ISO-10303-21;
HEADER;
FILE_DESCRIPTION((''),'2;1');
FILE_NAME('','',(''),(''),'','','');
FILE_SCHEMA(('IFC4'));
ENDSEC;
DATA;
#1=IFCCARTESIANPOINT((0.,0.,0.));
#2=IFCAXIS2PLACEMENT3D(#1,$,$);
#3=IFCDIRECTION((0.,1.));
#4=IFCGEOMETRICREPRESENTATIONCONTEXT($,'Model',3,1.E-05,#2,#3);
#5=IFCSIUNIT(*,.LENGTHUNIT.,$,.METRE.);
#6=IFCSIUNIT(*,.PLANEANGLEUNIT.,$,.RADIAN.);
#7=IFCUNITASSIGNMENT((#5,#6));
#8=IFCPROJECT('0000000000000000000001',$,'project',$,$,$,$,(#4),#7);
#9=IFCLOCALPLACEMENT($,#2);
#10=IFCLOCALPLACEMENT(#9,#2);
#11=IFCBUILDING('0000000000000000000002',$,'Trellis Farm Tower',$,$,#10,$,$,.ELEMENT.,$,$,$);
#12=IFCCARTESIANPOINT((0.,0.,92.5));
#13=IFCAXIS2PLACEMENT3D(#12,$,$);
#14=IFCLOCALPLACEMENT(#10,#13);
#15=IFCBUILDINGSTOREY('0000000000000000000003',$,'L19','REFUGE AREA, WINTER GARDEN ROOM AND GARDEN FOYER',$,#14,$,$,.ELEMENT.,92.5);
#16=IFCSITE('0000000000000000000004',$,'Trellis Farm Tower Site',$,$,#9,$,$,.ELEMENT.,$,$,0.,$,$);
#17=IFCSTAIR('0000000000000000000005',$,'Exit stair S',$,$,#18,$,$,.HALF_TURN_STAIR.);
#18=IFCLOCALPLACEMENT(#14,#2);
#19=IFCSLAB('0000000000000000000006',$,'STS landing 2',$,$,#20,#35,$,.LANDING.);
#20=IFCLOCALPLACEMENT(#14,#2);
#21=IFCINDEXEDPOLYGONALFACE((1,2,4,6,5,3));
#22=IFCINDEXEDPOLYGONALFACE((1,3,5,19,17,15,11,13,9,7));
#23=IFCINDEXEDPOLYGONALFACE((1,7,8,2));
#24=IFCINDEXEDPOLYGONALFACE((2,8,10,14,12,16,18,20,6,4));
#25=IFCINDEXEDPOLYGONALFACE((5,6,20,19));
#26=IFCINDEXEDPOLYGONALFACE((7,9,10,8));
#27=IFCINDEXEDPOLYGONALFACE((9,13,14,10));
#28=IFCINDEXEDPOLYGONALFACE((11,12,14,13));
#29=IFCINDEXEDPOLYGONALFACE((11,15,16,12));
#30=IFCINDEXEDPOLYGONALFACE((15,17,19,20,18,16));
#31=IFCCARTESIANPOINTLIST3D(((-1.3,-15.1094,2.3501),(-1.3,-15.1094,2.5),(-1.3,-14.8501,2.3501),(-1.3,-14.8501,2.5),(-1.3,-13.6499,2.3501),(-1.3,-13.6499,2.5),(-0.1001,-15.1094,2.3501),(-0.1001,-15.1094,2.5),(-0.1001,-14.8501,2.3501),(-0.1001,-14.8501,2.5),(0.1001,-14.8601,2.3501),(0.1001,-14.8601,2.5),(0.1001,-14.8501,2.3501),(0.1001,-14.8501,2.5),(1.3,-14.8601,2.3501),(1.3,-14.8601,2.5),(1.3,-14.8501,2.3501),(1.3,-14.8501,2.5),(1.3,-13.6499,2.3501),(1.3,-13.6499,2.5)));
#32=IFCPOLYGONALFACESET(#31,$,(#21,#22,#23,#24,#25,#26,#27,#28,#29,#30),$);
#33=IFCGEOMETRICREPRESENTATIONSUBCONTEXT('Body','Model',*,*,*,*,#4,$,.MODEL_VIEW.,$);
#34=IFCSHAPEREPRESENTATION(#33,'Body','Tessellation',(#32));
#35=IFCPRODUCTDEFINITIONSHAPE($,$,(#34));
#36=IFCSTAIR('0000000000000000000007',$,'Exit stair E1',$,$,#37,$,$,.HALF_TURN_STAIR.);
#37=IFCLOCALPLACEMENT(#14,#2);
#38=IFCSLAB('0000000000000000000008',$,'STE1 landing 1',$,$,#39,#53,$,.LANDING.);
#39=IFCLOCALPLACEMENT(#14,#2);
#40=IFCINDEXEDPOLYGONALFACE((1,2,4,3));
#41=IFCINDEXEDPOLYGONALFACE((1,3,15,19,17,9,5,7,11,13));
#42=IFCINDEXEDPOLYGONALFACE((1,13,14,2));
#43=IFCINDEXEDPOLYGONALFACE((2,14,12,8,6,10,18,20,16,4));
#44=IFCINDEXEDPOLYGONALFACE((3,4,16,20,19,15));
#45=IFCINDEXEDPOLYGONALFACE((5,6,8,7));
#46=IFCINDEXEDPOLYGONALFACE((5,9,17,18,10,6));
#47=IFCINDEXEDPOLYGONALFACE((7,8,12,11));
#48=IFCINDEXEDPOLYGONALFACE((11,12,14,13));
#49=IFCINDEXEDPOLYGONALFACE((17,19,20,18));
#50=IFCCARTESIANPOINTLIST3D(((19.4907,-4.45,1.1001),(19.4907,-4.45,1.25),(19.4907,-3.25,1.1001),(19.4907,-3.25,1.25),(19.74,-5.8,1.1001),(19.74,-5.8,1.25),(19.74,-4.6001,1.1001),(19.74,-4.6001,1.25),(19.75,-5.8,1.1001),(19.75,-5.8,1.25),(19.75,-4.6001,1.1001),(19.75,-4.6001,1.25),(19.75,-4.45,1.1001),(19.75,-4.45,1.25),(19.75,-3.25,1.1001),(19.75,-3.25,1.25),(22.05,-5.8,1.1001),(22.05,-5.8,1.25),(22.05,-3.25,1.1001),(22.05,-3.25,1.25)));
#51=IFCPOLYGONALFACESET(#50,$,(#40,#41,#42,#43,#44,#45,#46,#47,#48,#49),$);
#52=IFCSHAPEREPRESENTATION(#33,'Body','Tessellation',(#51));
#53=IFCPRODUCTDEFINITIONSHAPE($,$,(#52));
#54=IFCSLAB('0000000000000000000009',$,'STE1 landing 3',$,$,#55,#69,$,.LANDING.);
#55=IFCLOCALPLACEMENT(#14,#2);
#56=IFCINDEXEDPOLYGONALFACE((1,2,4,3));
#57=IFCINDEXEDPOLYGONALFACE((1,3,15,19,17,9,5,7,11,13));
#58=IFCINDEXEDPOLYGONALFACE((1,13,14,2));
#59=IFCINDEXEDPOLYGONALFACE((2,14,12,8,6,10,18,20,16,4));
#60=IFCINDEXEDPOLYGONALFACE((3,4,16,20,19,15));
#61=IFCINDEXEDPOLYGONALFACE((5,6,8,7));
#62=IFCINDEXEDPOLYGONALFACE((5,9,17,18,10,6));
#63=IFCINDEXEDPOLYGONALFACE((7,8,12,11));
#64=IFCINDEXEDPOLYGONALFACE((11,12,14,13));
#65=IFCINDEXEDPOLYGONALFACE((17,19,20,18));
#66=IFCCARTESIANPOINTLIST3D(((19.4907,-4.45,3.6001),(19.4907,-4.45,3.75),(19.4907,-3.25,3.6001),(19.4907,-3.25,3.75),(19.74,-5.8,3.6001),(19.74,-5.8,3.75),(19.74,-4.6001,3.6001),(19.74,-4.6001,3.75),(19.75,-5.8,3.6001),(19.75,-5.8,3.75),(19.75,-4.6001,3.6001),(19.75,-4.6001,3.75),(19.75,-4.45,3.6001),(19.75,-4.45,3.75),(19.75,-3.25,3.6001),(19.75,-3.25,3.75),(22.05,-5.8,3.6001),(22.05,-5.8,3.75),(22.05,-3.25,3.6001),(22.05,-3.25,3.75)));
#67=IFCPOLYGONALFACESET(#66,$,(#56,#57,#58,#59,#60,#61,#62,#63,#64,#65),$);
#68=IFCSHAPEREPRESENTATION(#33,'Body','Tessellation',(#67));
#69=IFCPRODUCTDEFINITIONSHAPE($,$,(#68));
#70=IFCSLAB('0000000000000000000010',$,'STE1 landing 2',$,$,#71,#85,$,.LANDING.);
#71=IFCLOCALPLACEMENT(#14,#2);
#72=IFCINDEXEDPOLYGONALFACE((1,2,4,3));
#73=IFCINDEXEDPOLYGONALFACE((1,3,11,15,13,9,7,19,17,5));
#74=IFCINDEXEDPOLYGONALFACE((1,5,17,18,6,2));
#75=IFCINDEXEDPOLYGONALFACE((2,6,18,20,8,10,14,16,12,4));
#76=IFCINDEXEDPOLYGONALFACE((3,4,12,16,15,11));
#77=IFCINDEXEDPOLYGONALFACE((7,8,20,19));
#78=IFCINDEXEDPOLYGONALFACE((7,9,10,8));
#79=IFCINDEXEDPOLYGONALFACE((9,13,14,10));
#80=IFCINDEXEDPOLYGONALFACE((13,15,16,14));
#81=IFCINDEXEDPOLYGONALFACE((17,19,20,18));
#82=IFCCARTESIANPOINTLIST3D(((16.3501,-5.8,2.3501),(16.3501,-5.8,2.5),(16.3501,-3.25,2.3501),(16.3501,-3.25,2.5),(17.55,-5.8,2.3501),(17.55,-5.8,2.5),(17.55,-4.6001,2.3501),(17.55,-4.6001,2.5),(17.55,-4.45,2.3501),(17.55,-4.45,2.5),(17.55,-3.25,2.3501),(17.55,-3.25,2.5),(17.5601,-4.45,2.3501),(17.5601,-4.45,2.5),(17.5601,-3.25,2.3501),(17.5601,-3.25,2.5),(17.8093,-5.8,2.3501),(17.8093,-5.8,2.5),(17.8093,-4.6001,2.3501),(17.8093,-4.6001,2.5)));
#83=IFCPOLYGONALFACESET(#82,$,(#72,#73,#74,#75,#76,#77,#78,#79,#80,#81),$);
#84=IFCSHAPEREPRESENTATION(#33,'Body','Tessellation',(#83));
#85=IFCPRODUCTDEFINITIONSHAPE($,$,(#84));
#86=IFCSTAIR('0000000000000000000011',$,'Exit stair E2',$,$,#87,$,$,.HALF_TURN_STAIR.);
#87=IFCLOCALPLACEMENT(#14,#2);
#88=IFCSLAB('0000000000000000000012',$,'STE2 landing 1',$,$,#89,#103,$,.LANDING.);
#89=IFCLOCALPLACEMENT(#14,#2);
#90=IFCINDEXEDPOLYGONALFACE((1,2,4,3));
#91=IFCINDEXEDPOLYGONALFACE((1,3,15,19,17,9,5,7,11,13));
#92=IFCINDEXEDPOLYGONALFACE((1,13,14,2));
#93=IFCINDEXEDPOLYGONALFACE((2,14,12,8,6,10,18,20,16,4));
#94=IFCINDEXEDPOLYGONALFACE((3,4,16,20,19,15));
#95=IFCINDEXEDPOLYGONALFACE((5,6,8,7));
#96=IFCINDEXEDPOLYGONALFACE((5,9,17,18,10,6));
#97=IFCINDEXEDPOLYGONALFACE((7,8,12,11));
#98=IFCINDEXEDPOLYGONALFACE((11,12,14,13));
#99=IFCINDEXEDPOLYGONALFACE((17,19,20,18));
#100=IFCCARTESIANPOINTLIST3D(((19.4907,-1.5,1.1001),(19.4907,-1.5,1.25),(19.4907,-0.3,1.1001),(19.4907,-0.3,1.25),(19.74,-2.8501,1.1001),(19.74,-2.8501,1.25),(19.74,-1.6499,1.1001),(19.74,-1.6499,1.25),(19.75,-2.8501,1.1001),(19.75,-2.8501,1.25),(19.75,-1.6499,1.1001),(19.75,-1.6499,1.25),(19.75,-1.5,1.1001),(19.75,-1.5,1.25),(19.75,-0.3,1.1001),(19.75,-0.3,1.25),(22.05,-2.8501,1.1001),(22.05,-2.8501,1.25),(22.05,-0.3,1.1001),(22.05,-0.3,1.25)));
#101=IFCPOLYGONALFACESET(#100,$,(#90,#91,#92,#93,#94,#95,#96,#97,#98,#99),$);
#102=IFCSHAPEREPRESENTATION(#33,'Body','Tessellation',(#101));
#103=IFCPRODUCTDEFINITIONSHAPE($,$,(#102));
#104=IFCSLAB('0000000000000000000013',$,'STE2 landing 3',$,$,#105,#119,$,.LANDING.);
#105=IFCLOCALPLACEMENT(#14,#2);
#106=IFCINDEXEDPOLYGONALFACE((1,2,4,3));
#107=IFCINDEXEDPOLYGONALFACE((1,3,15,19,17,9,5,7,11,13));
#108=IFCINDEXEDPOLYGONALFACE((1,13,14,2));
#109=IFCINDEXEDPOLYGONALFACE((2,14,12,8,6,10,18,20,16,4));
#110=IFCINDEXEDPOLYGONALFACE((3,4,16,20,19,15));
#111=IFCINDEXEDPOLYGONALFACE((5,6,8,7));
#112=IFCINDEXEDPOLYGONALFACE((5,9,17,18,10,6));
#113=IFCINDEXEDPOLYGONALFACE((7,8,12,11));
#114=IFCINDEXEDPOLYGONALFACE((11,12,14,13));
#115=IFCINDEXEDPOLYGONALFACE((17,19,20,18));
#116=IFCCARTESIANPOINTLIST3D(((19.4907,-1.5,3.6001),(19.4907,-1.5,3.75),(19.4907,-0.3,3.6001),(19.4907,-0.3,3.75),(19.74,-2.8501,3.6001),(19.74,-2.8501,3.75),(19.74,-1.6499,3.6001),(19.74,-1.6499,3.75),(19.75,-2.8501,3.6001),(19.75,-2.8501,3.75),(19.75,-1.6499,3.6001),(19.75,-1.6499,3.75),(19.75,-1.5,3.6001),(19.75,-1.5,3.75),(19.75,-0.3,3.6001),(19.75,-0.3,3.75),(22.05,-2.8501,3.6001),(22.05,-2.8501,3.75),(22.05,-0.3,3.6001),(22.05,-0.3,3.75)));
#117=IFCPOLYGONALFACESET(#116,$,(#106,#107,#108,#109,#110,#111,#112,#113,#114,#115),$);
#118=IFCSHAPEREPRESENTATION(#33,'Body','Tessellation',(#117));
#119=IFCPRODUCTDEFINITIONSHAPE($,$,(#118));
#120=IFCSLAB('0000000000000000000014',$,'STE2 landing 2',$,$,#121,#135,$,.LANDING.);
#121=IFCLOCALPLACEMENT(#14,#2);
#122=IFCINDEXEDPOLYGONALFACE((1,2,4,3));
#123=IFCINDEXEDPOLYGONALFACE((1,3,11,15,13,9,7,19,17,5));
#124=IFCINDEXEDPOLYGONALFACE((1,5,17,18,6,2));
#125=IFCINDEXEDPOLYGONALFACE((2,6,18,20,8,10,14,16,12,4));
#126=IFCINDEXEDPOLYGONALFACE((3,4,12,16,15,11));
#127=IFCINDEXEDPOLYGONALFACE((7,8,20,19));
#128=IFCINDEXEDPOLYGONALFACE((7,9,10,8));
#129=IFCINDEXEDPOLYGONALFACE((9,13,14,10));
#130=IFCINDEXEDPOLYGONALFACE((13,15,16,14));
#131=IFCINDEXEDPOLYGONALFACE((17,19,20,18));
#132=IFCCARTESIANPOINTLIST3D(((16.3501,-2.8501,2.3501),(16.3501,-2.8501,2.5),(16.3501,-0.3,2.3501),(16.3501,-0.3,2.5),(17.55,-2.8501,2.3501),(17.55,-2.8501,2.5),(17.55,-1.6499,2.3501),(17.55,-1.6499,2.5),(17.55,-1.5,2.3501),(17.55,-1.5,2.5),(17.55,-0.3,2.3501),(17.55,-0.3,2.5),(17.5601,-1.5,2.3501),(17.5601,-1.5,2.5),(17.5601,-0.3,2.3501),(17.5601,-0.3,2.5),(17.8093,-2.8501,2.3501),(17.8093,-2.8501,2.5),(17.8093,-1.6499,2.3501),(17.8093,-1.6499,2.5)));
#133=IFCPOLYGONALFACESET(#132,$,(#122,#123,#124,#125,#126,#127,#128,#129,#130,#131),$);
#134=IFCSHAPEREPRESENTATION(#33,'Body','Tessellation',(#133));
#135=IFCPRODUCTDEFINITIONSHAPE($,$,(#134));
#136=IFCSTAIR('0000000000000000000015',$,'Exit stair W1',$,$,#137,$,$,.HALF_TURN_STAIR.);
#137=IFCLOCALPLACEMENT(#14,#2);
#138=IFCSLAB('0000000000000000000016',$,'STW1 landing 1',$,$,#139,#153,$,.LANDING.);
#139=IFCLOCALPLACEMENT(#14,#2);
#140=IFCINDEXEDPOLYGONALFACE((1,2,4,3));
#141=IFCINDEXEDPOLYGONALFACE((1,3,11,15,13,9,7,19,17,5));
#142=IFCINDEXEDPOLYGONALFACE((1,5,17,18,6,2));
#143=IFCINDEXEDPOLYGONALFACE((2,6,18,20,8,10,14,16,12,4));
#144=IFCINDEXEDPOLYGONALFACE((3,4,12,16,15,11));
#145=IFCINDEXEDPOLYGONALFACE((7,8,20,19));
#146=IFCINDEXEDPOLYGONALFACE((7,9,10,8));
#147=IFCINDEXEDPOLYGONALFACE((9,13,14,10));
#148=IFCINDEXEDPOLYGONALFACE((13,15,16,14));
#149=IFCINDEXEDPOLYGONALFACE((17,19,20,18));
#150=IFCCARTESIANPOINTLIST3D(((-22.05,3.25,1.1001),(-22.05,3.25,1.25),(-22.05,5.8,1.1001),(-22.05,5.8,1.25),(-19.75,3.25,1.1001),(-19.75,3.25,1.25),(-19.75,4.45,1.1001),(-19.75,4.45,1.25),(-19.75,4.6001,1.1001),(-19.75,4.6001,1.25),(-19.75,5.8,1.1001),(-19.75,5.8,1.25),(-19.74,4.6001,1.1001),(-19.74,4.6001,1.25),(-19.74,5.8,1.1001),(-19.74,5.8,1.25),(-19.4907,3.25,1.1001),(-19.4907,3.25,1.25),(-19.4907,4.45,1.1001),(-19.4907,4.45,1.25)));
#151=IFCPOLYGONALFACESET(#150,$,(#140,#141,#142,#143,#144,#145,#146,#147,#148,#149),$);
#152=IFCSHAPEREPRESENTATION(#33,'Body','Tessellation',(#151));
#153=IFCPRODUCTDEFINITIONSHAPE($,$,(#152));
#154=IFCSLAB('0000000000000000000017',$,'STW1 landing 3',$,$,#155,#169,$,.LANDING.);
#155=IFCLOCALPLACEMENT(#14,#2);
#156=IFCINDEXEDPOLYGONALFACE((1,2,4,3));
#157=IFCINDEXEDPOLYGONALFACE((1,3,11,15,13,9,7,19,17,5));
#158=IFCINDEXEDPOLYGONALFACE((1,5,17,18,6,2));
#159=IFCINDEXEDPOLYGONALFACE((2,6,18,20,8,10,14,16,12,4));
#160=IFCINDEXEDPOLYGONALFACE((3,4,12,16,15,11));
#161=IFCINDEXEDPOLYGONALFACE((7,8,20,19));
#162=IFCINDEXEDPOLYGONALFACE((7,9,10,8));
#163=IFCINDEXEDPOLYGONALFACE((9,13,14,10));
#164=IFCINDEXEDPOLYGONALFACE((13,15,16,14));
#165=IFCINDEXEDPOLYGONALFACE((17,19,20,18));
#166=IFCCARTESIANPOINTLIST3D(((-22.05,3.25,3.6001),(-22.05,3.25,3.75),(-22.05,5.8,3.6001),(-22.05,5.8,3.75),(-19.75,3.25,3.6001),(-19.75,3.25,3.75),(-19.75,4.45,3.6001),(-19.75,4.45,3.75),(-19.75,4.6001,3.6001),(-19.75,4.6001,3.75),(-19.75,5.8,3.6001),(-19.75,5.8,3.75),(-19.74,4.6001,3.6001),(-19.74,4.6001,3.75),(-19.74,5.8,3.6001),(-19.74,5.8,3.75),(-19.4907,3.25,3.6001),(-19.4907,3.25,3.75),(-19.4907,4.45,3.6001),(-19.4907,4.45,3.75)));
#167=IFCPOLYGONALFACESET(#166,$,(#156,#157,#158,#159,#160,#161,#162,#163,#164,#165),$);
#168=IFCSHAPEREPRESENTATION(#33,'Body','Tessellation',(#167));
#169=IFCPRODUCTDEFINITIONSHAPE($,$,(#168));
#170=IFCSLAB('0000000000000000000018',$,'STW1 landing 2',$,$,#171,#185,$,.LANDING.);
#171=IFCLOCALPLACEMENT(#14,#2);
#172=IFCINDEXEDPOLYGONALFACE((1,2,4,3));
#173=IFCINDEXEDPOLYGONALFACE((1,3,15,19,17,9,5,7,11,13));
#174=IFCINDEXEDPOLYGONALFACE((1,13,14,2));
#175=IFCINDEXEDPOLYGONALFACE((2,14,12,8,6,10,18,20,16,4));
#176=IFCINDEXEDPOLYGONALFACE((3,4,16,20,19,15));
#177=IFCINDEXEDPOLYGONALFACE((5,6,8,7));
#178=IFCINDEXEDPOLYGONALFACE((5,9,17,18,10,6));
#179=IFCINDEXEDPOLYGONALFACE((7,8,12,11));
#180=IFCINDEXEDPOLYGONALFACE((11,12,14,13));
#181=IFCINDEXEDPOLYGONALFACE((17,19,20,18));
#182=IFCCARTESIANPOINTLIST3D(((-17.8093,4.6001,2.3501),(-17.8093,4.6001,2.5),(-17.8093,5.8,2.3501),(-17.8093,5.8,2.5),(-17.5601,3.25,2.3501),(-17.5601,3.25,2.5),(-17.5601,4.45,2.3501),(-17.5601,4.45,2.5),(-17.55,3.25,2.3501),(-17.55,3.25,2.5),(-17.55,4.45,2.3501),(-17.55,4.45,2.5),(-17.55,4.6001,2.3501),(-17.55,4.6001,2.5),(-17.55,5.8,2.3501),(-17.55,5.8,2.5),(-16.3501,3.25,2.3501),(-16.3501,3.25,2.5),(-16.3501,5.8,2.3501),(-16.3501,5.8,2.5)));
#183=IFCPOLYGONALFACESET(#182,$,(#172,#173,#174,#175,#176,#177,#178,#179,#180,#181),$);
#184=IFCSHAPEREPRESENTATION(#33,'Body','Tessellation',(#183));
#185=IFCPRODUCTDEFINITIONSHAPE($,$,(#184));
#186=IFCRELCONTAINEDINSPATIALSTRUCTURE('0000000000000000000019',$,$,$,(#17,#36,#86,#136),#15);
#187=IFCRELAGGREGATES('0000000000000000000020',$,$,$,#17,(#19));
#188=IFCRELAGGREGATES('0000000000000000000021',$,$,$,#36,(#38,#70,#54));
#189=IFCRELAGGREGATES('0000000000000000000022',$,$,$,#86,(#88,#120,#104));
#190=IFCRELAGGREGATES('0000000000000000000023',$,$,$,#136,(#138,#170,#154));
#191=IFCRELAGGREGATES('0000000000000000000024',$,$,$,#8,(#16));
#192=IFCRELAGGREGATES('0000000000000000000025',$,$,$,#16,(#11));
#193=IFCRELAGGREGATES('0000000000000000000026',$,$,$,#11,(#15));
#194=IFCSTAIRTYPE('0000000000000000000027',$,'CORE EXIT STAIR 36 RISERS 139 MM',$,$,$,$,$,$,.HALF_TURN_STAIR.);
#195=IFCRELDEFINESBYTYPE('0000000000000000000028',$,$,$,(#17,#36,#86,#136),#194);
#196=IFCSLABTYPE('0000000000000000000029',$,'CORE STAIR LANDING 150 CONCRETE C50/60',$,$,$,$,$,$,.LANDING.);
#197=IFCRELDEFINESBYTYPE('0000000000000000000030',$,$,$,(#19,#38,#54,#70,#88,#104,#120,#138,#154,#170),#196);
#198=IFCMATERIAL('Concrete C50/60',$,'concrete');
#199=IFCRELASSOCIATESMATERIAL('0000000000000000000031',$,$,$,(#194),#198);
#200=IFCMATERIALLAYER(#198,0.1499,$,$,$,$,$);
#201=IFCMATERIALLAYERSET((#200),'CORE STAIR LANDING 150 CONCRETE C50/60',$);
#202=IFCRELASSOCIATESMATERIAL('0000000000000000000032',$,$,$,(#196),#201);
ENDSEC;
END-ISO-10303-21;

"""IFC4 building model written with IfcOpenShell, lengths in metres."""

from ifc_helpers import new_model, si_unit, direction, frame, origin, place, context, subcontext, project, spatial, polyline, outline, extrude, source, transform, mapped, material, layer, layer_set, type_object, element, aggregate, save


model = new_model("IFC4")

# Units and contexts
model_context = context("Model", 3, precision=1e-05, world=origin(), true_north=direction((0.0, 1.0)))
body_context = subcontext(model_context, "Body", "Model", "MODEL_VIEW")
ifc_project = project(units=[si_unit("LENGTHUNIT", "METRE"), si_unit("PLANEANGLEUNIT", "RADIAN")], contexts=[model_context])

# Site, building, storey
site_placement = place(None, origin())
site = spatial("IfcSite", under=ifc_project, at=site_placement, Name="Trellis Farm Tower Site", CompositionType="ELEMENT", RefElevation=0.0)
building_placement = place(site_placement, origin())
building = spatial("IfcBuilding", under=site, at=building_placement, Name="Trellis Farm Tower", CompositionType="ELEMENT")
storey_placement = place(building_placement, frame((0.0, 0.0, 92.5)))
storey = spatial("IfcBuildingStorey", under=building, at=storey_placement, Name="L19", Description="REFUGE AREA, WINTER GARDEN ROOM AND GARDEN FOYER", CompositionType="ELEMENT", Elevation=92.5)

# Shared definitions
placement_1 = place(storey_placement, origin())

# Stairs, slabs
ifc_material_1 = material(Name="Concrete C50/60", Category="concrete")
stair_type = type_object("IfcStairType", Name="CORE EXIT STAIR 36 RISERS 139 MM", PredefinedType="HALF_TURN_STAIR", material=ifc_material_1)
ifc_layer_1 = layer(ifc_material_1, 0.1499)
ifc_layer_set_1 = layer_set([ifc_layer_1], Name="CORE STAIR LANDING 150 CONCRETE C50/60")
slab_type_1 = type_object("IfcSlabType", Name="CORE STAIR LANDING 150 CONCRETE C50/60", PredefinedType="LANDING", material=ifc_layer_set_1)
placement_2 = place(storey_placement, frame((0.0, 0.0, 1.1001)))
placement_3 = place(storey_placement, frame((0.0, 0.0, 3.6001)))
placement_4 = place(storey_placement, frame((0.0, 0.0, 2.3501)))
stair_1 = element("IfcStair", 1, at=placement_1, inside=storey, type_object=stair_type, Name="Exit stair S", PredefinedType="HALF_TURN_STAIR")
shared_shape_1 = source(origin(), body_context, "Body", "SweptSolid", [
    extrude(outline(polyline([(-0.1001, -15.1094), (-1.3, -15.1094), (-1.3, -14.8501), (-1.3, -13.6499), (1.3, -13.6499), (1.3, -14.8501), (1.3, -14.8601), (0.1001, -14.8601), (0.1001, -14.8501), (-0.1001, -14.8501), (-0.1001, -15.1094)])), origin(), (0.0, 0.0, 1.0), 0.1499),
])
slab_1 = element("IfcSlab", 2, at=placement_4, type_object=slab_type_1, Name="STS landing 2", PredefinedType="LANDING", context=body_context, shape_type="MappedRepresentation", body=[
    mapped(shared_shape_1, transform((0.0, 0.0, 0.0))),
])
aggregate(stair_1, [slab_1])
stair_2 = element("IfcStair", 3, at=placement_1, inside=storey, type_object=stair_type, Name="Exit stair E1", PredefinedType="HALF_TURN_STAIR")
shared_shape_2 = source(origin(), body_context, "Body", "SweptSolid", [
    extrude(outline(polyline([(19.74, -5.8), (19.74, -4.6001), (19.75, -4.6001), (19.75, -4.45), (19.4907, -4.45), (19.4907, -3.25), (19.75, -3.25), (22.05, -3.25), (22.05, -5.8), (19.75, -5.8), (19.74, -5.8)])), origin(), (0.0, 0.0, 1.0), 0.1499),
])
slab_2 = element("IfcSlab", 4, at=placement_2, type_object=slab_type_1, Name="STE1 landing 1", PredefinedType="LANDING", context=body_context, shape_type="MappedRepresentation", body=[
    mapped(shared_shape_2, transform((0.0, 0.0, 0.0))),
])
slab_3 = element("IfcSlab", 5, at=placement_3, type_object=slab_type_1, Name="STE1 landing 3", PredefinedType="LANDING", context=body_context, shape_type="MappedRepresentation", body=[
    mapped(shared_shape_2, transform((0.0, 0.0, 0.0))),
])
shared_shape_3 = source(origin(), body_context, "Body", "SweptSolid", [
    extrude(outline(polyline([(17.8093, -4.6001), (17.8093, -5.8), (17.55, -5.8), (16.3501, -5.8), (16.3501, -3.25), (17.55, -3.25), (17.5601, -3.25), (17.5601, -4.45), (17.55, -4.45), (17.55, -4.6001), (17.8093, -4.6001)])), origin(), (0.0, 0.0, 1.0), 0.1499),
])
slab_4 = element("IfcSlab", 6, at=placement_4, type_object=slab_type_1, Name="STE1 landing 2", PredefinedType="LANDING", context=body_context, shape_type="MappedRepresentation", body=[
    mapped(shared_shape_3, transform((0.0, 0.0, 0.0))),
])
aggregate(stair_2, [slab_2, slab_4, slab_3])
stair_3 = element("IfcStair", 7, at=placement_1, inside=storey, type_object=stair_type, Name="Exit stair E2", PredefinedType="HALF_TURN_STAIR")
shared_shape_4 = source(origin(), body_context, "Body", "SweptSolid", [
    extrude(outline(polyline([(19.74, -2.8501), (19.74, -1.6499), (19.75, -1.6499), (19.75, -1.5), (19.4907, -1.5), (19.4907, -0.3), (19.75, -0.3), (22.05, -0.3), (22.05, -2.8501), (19.75, -2.8501), (19.74, -2.8501)])), origin(), (0.0, 0.0, 1.0), 0.1499),
])
slab_5 = element("IfcSlab", 8, at=placement_2, type_object=slab_type_1, Name="STE2 landing 1", PredefinedType="LANDING", context=body_context, shape_type="MappedRepresentation", body=[
    mapped(shared_shape_4, transform((0.0, 0.0, 0.0))),
])
slab_6 = element("IfcSlab", 9, at=placement_3, type_object=slab_type_1, Name="STE2 landing 3", PredefinedType="LANDING", context=body_context, shape_type="MappedRepresentation", body=[
    mapped(shared_shape_4, transform((0.0, 0.0, 0.0))),
])
shared_shape_5 = source(origin(), body_context, "Body", "SweptSolid", [
    extrude(outline(polyline([(17.8093, -1.6499), (17.8093, -2.8501), (17.55, -2.8501), (16.3501, -2.8501), (16.3501, -0.3), (17.55, -0.3), (17.5601, -0.3), (17.5601, -1.5), (17.55, -1.5), (17.55, -1.6499), (17.8093, -1.6499)])), origin(), (0.0, 0.0, 1.0), 0.1499),
])
slab_7 = element("IfcSlab", 10, at=placement_4, type_object=slab_type_1, Name="STE2 landing 2", PredefinedType="LANDING", context=body_context, shape_type="MappedRepresentation", body=[
    mapped(shared_shape_5, transform((0.0, 0.0, 0.0))),
])
aggregate(stair_3, [slab_5, slab_7, slab_6])
stair_4 = element("IfcStair", 11, at=placement_1, inside=storey, type_object=stair_type, Name="Exit stair W1", PredefinedType="HALF_TURN_STAIR")
shared_shape_6 = source(origin(), body_context, "Body", "SweptSolid", [
    extrude(outline(polyline([(-19.4907, 4.45), (-19.4907, 3.25), (-19.75, 3.25), (-22.05, 3.25), (-22.05, 5.8), (-19.75, 5.8), (-19.74, 5.8), (-19.74, 4.6001), (-19.75, 4.6001), (-19.75, 4.45), (-19.4907, 4.45)])), origin(), (0.0, 0.0, 1.0), 0.1499),
])
slab_8 = element("IfcSlab", 12, at=placement_2, type_object=slab_type_1, Name="STW1 landing 1", PredefinedType="LANDING", context=body_context, shape_type="MappedRepresentation", body=[
    mapped(shared_shape_6, transform((0.0, 0.0, 0.0))),
])
slab_9 = element("IfcSlab", 13, at=placement_3, type_object=slab_type_1, Name="STW1 landing 3", PredefinedType="LANDING", context=body_context, shape_type="MappedRepresentation", body=[
    mapped(shared_shape_6, transform((0.0, 0.0, 0.0))),
])
shared_shape_7 = source(origin(), body_context, "Body", "SweptSolid", [
    extrude(outline(polyline([(-17.5601, 3.25), (-17.5601, 4.45), (-17.55, 4.45), (-17.55, 4.6001), (-17.8093, 4.6001), (-17.8093, 5.8), (-17.55, 5.8), (-16.3501, 5.8), (-16.3501, 3.25), (-17.55, 3.25), (-17.5601, 3.25)])), origin(), (0.0, 0.0, 1.0), 0.1499),
])
slab_10 = element("IfcSlab", 14, at=placement_4, type_object=slab_type_1, Name="STW1 landing 2", PredefinedType="LANDING", context=body_context, shape_type="MappedRepresentation", body=[
    mapped(shared_shape_7, transform((0.0, 0.0, 0.0))),
])
aggregate(stair_4, [slab_8, slab_10, slab_9])

save(model, "model.ifc")
